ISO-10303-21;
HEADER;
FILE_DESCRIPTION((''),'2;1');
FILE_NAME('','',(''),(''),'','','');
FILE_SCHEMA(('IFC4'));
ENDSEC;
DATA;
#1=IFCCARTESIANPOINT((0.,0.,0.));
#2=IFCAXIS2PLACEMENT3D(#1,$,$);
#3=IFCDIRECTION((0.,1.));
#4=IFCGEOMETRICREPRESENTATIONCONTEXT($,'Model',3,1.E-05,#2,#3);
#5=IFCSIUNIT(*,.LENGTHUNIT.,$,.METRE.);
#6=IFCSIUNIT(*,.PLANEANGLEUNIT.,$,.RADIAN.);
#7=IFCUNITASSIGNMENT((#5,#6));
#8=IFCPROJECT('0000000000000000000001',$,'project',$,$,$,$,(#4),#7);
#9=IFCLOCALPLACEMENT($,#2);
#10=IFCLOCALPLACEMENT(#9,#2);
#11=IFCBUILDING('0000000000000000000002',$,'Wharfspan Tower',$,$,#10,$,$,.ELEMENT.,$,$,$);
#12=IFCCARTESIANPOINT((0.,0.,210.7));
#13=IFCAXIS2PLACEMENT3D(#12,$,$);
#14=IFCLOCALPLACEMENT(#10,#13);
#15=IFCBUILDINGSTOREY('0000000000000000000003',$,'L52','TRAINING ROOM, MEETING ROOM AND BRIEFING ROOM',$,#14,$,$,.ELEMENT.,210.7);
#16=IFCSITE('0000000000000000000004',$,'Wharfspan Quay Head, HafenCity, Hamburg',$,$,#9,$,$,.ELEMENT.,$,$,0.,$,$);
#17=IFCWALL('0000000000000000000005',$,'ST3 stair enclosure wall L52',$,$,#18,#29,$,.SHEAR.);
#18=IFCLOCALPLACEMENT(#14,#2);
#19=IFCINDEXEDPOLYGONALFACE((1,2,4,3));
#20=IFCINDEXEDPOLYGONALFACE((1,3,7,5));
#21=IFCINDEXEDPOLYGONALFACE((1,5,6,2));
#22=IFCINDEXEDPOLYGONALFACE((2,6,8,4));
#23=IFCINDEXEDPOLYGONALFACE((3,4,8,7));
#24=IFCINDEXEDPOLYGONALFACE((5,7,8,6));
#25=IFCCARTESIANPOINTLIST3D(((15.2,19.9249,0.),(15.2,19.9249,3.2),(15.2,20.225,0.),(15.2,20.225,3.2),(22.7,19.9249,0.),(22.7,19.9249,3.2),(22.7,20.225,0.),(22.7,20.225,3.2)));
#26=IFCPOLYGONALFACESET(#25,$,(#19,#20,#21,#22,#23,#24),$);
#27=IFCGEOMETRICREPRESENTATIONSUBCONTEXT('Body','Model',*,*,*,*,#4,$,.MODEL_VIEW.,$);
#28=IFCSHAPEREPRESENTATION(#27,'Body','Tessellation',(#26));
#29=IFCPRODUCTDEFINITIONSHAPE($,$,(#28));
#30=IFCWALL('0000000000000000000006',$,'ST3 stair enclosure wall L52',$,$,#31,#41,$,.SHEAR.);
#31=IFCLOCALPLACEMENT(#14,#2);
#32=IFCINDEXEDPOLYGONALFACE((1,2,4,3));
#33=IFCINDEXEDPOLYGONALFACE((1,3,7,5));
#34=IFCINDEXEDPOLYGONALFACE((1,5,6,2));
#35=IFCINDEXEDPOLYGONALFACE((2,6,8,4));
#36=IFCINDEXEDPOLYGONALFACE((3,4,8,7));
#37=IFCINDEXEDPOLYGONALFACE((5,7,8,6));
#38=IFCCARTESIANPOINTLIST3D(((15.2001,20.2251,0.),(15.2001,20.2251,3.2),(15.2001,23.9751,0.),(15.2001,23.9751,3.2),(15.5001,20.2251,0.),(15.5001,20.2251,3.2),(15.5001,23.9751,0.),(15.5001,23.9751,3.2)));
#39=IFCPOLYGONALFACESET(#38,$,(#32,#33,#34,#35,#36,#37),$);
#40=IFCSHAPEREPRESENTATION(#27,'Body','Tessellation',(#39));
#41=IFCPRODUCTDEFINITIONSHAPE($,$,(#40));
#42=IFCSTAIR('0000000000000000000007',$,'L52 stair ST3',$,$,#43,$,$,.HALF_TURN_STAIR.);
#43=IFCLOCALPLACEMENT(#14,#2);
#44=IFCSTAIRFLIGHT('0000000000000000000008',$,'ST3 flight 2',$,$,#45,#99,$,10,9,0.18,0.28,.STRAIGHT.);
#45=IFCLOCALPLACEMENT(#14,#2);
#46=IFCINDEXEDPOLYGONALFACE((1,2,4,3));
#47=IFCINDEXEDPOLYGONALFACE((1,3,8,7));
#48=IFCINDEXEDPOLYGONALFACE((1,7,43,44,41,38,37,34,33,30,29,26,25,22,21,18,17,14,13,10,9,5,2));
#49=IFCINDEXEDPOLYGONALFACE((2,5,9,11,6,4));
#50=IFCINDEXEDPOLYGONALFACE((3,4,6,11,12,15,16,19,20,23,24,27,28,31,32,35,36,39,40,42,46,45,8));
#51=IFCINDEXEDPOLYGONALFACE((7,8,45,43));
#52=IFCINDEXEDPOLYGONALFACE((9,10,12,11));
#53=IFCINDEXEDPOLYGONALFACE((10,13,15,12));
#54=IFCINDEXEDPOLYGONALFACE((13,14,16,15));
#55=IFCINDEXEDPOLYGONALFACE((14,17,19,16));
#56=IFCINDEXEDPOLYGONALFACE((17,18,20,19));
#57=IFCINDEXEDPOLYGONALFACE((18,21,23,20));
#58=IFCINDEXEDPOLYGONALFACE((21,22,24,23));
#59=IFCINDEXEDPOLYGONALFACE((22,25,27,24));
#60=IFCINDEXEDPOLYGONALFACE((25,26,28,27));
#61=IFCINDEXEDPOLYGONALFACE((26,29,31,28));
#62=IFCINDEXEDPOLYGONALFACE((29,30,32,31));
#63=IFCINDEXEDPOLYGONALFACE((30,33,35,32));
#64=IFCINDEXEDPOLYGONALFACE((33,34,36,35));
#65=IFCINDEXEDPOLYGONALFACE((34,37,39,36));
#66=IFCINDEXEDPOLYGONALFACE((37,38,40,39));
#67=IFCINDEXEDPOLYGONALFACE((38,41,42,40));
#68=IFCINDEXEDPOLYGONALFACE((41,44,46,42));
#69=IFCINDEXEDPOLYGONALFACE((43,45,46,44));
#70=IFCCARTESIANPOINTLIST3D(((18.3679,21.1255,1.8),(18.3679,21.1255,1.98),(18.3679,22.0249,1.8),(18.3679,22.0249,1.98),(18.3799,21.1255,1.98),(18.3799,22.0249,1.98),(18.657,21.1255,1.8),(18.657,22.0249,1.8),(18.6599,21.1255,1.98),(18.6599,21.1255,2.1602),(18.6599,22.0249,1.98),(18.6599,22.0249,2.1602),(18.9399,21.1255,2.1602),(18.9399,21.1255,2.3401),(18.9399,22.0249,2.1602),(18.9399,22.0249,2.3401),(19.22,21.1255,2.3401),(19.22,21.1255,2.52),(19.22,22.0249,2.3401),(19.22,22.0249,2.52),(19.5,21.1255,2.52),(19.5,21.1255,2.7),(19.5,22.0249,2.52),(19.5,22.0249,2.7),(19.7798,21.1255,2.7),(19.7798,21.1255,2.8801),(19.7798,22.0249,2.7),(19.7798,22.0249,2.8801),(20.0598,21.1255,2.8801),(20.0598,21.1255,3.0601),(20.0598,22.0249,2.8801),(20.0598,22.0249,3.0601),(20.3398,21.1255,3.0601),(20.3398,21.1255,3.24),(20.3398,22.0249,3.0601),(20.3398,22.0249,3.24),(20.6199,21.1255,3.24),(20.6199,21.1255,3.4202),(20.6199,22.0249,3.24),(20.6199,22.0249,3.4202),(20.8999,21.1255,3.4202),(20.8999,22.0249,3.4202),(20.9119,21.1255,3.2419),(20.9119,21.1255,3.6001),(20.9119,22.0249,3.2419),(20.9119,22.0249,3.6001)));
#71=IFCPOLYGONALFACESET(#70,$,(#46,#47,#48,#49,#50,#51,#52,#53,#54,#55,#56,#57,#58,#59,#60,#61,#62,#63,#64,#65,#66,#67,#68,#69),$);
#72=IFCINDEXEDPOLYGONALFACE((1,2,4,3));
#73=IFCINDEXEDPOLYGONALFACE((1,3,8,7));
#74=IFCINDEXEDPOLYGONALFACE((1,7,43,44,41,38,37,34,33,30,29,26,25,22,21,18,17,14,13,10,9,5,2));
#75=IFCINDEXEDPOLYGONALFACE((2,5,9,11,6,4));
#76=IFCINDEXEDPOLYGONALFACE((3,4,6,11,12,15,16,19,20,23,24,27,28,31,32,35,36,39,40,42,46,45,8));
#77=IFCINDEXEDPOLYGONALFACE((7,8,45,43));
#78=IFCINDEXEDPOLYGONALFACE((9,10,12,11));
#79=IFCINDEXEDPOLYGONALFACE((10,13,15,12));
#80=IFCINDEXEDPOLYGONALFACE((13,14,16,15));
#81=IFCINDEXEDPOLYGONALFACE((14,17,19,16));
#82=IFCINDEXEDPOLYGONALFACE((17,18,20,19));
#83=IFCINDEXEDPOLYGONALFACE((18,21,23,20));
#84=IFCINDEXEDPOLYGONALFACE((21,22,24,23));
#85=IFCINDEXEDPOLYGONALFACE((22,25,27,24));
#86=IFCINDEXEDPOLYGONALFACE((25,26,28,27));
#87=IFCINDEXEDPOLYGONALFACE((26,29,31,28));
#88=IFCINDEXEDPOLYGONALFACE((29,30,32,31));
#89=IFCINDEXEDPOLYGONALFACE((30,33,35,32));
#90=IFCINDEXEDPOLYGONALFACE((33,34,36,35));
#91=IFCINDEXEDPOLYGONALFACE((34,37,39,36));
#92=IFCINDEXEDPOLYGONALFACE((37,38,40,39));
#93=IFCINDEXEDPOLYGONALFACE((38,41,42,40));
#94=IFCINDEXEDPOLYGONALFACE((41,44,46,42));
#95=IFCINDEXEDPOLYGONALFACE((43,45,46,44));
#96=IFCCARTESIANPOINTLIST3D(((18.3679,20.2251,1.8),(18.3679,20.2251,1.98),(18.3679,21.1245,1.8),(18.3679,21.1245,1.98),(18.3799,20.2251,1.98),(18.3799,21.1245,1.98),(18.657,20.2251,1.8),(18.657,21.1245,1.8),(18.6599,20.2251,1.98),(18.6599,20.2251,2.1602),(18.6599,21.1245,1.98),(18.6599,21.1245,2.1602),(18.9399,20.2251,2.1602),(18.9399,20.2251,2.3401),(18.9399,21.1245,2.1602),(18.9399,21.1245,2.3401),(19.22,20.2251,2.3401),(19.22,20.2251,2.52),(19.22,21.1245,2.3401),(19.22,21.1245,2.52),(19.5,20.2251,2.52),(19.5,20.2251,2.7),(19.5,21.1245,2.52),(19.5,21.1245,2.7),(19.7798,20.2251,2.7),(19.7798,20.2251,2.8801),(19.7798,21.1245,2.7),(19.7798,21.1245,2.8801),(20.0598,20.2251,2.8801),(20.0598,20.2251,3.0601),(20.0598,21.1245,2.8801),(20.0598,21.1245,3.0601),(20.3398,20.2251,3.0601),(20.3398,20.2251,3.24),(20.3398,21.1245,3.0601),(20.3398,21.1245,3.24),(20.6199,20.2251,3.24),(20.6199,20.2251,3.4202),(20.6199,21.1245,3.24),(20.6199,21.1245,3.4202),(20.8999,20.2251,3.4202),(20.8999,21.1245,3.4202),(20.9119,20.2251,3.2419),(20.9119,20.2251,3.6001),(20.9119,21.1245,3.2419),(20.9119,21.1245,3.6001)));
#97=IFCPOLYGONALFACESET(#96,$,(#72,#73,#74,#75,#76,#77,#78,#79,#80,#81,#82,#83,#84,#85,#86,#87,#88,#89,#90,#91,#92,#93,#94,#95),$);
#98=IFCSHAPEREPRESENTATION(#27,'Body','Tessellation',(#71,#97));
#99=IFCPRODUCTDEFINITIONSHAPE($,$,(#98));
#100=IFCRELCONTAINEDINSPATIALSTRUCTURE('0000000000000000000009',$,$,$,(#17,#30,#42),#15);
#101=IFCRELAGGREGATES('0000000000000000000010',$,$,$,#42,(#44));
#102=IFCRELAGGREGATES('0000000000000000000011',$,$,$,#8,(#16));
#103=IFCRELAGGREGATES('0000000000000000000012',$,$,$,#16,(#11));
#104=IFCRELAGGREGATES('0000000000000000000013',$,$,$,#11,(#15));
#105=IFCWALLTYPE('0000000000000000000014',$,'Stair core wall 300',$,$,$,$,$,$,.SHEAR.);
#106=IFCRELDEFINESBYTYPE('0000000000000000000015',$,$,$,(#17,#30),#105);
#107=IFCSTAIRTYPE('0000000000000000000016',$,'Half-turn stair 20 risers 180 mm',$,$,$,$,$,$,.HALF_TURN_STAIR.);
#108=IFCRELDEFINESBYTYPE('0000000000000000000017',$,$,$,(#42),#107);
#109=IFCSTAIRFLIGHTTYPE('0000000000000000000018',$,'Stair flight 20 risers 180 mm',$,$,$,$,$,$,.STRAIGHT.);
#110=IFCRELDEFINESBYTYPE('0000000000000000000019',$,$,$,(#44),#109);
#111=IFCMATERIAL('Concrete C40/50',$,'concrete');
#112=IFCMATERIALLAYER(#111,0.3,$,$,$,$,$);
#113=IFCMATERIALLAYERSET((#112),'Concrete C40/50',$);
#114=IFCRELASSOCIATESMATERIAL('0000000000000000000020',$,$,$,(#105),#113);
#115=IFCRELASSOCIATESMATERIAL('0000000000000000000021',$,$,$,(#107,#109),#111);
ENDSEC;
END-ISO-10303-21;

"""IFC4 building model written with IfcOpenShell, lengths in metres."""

from ifc_helpers import new_model, si_unit, direction, frame, frame_2d, origin, place, context, subcontext, project, spatial, polyline, rectangle, outline, extrude, material, layer, layer_set, type_object, element, aggregate, save


model = new_model("IFC4")

# Units and contexts
model_context = context("Model", 3, precision=1e-05, world=origin(), true_north=direction((0.0, 1.0)))
body_context = subcontext(model_context, "Body", "Model", "MODEL_VIEW")
ifc_project = project(units=[si_unit("LENGTHUNIT", "METRE"), si_unit("PLANEANGLEUNIT", "RADIAN")], contexts=[model_context])

# Site, building, storey
site_placement = place(None, origin())
site = spatial("IfcSite", under=ifc_project, at=site_placement, Name="Wharfspan Quay Head, HafenCity, Hamburg", CompositionType="ELEMENT", RefElevation=0.0)
building_placement = place(site_placement, origin())
building = spatial("IfcBuilding", under=site, at=building_placement, Name="Wharfspan Tower", CompositionType="ELEMENT")
storey_placement = place(building_placement, frame((0.0, 0.0, 210.7)))
storey = spatial("IfcBuildingStorey", under=building, at=storey_placement, Name="L52", Description="TRAINING ROOM, MEETING ROOM AND BRIEFING ROOM", CompositionType="ELEMENT", Elevation=210.7)

# Shared definitions
ifc_material_1 = material(Name="Concrete C40/50", Category="concrete")

# Walls
ifc_layer_1 = layer(ifc_material_1, 0.3)
ifc_layer_set_1 = layer_set([ifc_layer_1], Name="Concrete C40/50")
wall_type_1 = type_object("IfcWallType", Name="Stair core wall 300", PredefinedType="SHEAR", material=ifc_layer_set_1)
wall_1_placement = place(storey_placement, frame((15.2, 20.075, 0.0), z_axis=(0.0, 0.0, 1.0), x_axis=(1.0, 0.0, 0.0)))
element("IfcWall", 1, at=wall_1_placement, inside=storey, type_object=wall_type_1, Name="ST3 stair enclosure wall L52", PredefinedType="SHEAR", context=body_context, shape_type="SweptSolid", body=[
    extrude(rectangle(XDim=7.5, YDim=0.3, at=frame_2d((3.75, 0.0))), origin(), (0.0, 0.0, 1.0), 3.2),
])
wall_2_placement = place(storey_placement, frame((15.3501, 20.2251, 0.0), z_axis=(0.0, 0.0, 1.0), x_axis=(0.0, 1.0, 0.0)))
element("IfcWall", 2, at=wall_2_placement, inside=storey, type_object=wall_type_1, Name="ST3 stair enclosure wall L52", PredefinedType="SHEAR", context=body_context, shape_type="SweptSolid", body=[
    extrude(rectangle(XDim=3.75, YDim=0.3, at=frame_2d((1.875, 0.0))), origin(), (0.0, 0.0, 1.0), 3.2),
])

# Stair, stair flight
stair_type = type_object("IfcStairType", Name="Half-turn stair 20 risers 180 mm", PredefinedType="HALF_TURN_STAIR", material=ifc_material_1)
stair_placement = place(storey_placement, origin())
stair = element("IfcStair", 3, at=stair_placement, inside=storey, type_object=stair_type, Name="L52 stair ST3", PredefinedType="HALF_TURN_STAIR")
stair_flight_type = type_object("IfcStairFlightType", Name="Stair flight 20 risers 180 mm", PredefinedType="STRAIGHT", material=ifc_material_1)
stair_flight_placement = place(storey_placement, frame((18.3799, 21.125, 1.8), z_axis=(0.0, 0.0, 1.0), x_axis=(1.0, 0.0, 0.0)))
stair_flight = element("IfcStairFlight", 4, at=stair_flight_placement, type_object=stair_flight_type, Name="ST3 flight 2", NumberOfRisers=10, NumberOfTreads=9, PredefinedType="STRAIGHT", RiserHeight=0.18, TreadLength=0.28, context=body_context, shape_type="SweptSolid", body=[
    extrude(outline(polyline([(-0.012, 0.0), (-0.012, 0.1799), (0.0, 0.1799), (0.28, 0.1799), (0.28, 0.3601), (0.5601, 0.3601), (0.5601, 0.54), (0.8401, 0.54), (0.8401, 0.72), (1.1201, 0.72), (1.1201, 0.8999), (1.3999, 0.8999), (1.3999, 1.0801), (1.6799, 1.0801), (1.6799, 1.26), (1.96, 1.26), (1.96, 1.4399), (2.24, 1.4399), (2.24, 1.6201), (2.52, 1.6201), (2.532, 1.8), (2.532, 1.4419), (0.2771, 0.0), (-0.012, 0.0)])), frame((0.0, 0.8999, 0.0), z_axis=(0.0, -1.0, 0.0), x_axis=(1.0, 0.0, 0.0)), (0.0, 0.0, 1.0), 0.8994),
    extrude(outline(polyline([(-0.012, 0.0), (-0.012, 0.1799), (0.0, 0.1799), (0.28, 0.1799), (0.28, 0.3601), (0.5601, 0.3601), (0.5601, 0.54), (0.8401, 0.54), (0.8401, 0.72), (1.1201, 0.72), (1.1201, 0.8999), (1.3999, 0.8999), (1.3999, 1.0801), (1.6799, 1.0801), (1.6799, 1.26), (1.96, 1.26), (1.96, 1.4399), (2.24, 1.4399), (2.24, 1.6201), (2.52, 1.6201), (2.532, 1.8), (2.532, 1.4419), (0.2771, 0.0), (-0.012, 0.0)])), frame((0.0, -0.0005, 0.0), z_axis=(0.0, -1.0, 0.0), x_axis=(1.0, 0.0, 0.0)), (0.0, 0.0, 1.0), 0.8994),
])
aggregate(stair, [stair_flight])

save(model, "model.ifc")
